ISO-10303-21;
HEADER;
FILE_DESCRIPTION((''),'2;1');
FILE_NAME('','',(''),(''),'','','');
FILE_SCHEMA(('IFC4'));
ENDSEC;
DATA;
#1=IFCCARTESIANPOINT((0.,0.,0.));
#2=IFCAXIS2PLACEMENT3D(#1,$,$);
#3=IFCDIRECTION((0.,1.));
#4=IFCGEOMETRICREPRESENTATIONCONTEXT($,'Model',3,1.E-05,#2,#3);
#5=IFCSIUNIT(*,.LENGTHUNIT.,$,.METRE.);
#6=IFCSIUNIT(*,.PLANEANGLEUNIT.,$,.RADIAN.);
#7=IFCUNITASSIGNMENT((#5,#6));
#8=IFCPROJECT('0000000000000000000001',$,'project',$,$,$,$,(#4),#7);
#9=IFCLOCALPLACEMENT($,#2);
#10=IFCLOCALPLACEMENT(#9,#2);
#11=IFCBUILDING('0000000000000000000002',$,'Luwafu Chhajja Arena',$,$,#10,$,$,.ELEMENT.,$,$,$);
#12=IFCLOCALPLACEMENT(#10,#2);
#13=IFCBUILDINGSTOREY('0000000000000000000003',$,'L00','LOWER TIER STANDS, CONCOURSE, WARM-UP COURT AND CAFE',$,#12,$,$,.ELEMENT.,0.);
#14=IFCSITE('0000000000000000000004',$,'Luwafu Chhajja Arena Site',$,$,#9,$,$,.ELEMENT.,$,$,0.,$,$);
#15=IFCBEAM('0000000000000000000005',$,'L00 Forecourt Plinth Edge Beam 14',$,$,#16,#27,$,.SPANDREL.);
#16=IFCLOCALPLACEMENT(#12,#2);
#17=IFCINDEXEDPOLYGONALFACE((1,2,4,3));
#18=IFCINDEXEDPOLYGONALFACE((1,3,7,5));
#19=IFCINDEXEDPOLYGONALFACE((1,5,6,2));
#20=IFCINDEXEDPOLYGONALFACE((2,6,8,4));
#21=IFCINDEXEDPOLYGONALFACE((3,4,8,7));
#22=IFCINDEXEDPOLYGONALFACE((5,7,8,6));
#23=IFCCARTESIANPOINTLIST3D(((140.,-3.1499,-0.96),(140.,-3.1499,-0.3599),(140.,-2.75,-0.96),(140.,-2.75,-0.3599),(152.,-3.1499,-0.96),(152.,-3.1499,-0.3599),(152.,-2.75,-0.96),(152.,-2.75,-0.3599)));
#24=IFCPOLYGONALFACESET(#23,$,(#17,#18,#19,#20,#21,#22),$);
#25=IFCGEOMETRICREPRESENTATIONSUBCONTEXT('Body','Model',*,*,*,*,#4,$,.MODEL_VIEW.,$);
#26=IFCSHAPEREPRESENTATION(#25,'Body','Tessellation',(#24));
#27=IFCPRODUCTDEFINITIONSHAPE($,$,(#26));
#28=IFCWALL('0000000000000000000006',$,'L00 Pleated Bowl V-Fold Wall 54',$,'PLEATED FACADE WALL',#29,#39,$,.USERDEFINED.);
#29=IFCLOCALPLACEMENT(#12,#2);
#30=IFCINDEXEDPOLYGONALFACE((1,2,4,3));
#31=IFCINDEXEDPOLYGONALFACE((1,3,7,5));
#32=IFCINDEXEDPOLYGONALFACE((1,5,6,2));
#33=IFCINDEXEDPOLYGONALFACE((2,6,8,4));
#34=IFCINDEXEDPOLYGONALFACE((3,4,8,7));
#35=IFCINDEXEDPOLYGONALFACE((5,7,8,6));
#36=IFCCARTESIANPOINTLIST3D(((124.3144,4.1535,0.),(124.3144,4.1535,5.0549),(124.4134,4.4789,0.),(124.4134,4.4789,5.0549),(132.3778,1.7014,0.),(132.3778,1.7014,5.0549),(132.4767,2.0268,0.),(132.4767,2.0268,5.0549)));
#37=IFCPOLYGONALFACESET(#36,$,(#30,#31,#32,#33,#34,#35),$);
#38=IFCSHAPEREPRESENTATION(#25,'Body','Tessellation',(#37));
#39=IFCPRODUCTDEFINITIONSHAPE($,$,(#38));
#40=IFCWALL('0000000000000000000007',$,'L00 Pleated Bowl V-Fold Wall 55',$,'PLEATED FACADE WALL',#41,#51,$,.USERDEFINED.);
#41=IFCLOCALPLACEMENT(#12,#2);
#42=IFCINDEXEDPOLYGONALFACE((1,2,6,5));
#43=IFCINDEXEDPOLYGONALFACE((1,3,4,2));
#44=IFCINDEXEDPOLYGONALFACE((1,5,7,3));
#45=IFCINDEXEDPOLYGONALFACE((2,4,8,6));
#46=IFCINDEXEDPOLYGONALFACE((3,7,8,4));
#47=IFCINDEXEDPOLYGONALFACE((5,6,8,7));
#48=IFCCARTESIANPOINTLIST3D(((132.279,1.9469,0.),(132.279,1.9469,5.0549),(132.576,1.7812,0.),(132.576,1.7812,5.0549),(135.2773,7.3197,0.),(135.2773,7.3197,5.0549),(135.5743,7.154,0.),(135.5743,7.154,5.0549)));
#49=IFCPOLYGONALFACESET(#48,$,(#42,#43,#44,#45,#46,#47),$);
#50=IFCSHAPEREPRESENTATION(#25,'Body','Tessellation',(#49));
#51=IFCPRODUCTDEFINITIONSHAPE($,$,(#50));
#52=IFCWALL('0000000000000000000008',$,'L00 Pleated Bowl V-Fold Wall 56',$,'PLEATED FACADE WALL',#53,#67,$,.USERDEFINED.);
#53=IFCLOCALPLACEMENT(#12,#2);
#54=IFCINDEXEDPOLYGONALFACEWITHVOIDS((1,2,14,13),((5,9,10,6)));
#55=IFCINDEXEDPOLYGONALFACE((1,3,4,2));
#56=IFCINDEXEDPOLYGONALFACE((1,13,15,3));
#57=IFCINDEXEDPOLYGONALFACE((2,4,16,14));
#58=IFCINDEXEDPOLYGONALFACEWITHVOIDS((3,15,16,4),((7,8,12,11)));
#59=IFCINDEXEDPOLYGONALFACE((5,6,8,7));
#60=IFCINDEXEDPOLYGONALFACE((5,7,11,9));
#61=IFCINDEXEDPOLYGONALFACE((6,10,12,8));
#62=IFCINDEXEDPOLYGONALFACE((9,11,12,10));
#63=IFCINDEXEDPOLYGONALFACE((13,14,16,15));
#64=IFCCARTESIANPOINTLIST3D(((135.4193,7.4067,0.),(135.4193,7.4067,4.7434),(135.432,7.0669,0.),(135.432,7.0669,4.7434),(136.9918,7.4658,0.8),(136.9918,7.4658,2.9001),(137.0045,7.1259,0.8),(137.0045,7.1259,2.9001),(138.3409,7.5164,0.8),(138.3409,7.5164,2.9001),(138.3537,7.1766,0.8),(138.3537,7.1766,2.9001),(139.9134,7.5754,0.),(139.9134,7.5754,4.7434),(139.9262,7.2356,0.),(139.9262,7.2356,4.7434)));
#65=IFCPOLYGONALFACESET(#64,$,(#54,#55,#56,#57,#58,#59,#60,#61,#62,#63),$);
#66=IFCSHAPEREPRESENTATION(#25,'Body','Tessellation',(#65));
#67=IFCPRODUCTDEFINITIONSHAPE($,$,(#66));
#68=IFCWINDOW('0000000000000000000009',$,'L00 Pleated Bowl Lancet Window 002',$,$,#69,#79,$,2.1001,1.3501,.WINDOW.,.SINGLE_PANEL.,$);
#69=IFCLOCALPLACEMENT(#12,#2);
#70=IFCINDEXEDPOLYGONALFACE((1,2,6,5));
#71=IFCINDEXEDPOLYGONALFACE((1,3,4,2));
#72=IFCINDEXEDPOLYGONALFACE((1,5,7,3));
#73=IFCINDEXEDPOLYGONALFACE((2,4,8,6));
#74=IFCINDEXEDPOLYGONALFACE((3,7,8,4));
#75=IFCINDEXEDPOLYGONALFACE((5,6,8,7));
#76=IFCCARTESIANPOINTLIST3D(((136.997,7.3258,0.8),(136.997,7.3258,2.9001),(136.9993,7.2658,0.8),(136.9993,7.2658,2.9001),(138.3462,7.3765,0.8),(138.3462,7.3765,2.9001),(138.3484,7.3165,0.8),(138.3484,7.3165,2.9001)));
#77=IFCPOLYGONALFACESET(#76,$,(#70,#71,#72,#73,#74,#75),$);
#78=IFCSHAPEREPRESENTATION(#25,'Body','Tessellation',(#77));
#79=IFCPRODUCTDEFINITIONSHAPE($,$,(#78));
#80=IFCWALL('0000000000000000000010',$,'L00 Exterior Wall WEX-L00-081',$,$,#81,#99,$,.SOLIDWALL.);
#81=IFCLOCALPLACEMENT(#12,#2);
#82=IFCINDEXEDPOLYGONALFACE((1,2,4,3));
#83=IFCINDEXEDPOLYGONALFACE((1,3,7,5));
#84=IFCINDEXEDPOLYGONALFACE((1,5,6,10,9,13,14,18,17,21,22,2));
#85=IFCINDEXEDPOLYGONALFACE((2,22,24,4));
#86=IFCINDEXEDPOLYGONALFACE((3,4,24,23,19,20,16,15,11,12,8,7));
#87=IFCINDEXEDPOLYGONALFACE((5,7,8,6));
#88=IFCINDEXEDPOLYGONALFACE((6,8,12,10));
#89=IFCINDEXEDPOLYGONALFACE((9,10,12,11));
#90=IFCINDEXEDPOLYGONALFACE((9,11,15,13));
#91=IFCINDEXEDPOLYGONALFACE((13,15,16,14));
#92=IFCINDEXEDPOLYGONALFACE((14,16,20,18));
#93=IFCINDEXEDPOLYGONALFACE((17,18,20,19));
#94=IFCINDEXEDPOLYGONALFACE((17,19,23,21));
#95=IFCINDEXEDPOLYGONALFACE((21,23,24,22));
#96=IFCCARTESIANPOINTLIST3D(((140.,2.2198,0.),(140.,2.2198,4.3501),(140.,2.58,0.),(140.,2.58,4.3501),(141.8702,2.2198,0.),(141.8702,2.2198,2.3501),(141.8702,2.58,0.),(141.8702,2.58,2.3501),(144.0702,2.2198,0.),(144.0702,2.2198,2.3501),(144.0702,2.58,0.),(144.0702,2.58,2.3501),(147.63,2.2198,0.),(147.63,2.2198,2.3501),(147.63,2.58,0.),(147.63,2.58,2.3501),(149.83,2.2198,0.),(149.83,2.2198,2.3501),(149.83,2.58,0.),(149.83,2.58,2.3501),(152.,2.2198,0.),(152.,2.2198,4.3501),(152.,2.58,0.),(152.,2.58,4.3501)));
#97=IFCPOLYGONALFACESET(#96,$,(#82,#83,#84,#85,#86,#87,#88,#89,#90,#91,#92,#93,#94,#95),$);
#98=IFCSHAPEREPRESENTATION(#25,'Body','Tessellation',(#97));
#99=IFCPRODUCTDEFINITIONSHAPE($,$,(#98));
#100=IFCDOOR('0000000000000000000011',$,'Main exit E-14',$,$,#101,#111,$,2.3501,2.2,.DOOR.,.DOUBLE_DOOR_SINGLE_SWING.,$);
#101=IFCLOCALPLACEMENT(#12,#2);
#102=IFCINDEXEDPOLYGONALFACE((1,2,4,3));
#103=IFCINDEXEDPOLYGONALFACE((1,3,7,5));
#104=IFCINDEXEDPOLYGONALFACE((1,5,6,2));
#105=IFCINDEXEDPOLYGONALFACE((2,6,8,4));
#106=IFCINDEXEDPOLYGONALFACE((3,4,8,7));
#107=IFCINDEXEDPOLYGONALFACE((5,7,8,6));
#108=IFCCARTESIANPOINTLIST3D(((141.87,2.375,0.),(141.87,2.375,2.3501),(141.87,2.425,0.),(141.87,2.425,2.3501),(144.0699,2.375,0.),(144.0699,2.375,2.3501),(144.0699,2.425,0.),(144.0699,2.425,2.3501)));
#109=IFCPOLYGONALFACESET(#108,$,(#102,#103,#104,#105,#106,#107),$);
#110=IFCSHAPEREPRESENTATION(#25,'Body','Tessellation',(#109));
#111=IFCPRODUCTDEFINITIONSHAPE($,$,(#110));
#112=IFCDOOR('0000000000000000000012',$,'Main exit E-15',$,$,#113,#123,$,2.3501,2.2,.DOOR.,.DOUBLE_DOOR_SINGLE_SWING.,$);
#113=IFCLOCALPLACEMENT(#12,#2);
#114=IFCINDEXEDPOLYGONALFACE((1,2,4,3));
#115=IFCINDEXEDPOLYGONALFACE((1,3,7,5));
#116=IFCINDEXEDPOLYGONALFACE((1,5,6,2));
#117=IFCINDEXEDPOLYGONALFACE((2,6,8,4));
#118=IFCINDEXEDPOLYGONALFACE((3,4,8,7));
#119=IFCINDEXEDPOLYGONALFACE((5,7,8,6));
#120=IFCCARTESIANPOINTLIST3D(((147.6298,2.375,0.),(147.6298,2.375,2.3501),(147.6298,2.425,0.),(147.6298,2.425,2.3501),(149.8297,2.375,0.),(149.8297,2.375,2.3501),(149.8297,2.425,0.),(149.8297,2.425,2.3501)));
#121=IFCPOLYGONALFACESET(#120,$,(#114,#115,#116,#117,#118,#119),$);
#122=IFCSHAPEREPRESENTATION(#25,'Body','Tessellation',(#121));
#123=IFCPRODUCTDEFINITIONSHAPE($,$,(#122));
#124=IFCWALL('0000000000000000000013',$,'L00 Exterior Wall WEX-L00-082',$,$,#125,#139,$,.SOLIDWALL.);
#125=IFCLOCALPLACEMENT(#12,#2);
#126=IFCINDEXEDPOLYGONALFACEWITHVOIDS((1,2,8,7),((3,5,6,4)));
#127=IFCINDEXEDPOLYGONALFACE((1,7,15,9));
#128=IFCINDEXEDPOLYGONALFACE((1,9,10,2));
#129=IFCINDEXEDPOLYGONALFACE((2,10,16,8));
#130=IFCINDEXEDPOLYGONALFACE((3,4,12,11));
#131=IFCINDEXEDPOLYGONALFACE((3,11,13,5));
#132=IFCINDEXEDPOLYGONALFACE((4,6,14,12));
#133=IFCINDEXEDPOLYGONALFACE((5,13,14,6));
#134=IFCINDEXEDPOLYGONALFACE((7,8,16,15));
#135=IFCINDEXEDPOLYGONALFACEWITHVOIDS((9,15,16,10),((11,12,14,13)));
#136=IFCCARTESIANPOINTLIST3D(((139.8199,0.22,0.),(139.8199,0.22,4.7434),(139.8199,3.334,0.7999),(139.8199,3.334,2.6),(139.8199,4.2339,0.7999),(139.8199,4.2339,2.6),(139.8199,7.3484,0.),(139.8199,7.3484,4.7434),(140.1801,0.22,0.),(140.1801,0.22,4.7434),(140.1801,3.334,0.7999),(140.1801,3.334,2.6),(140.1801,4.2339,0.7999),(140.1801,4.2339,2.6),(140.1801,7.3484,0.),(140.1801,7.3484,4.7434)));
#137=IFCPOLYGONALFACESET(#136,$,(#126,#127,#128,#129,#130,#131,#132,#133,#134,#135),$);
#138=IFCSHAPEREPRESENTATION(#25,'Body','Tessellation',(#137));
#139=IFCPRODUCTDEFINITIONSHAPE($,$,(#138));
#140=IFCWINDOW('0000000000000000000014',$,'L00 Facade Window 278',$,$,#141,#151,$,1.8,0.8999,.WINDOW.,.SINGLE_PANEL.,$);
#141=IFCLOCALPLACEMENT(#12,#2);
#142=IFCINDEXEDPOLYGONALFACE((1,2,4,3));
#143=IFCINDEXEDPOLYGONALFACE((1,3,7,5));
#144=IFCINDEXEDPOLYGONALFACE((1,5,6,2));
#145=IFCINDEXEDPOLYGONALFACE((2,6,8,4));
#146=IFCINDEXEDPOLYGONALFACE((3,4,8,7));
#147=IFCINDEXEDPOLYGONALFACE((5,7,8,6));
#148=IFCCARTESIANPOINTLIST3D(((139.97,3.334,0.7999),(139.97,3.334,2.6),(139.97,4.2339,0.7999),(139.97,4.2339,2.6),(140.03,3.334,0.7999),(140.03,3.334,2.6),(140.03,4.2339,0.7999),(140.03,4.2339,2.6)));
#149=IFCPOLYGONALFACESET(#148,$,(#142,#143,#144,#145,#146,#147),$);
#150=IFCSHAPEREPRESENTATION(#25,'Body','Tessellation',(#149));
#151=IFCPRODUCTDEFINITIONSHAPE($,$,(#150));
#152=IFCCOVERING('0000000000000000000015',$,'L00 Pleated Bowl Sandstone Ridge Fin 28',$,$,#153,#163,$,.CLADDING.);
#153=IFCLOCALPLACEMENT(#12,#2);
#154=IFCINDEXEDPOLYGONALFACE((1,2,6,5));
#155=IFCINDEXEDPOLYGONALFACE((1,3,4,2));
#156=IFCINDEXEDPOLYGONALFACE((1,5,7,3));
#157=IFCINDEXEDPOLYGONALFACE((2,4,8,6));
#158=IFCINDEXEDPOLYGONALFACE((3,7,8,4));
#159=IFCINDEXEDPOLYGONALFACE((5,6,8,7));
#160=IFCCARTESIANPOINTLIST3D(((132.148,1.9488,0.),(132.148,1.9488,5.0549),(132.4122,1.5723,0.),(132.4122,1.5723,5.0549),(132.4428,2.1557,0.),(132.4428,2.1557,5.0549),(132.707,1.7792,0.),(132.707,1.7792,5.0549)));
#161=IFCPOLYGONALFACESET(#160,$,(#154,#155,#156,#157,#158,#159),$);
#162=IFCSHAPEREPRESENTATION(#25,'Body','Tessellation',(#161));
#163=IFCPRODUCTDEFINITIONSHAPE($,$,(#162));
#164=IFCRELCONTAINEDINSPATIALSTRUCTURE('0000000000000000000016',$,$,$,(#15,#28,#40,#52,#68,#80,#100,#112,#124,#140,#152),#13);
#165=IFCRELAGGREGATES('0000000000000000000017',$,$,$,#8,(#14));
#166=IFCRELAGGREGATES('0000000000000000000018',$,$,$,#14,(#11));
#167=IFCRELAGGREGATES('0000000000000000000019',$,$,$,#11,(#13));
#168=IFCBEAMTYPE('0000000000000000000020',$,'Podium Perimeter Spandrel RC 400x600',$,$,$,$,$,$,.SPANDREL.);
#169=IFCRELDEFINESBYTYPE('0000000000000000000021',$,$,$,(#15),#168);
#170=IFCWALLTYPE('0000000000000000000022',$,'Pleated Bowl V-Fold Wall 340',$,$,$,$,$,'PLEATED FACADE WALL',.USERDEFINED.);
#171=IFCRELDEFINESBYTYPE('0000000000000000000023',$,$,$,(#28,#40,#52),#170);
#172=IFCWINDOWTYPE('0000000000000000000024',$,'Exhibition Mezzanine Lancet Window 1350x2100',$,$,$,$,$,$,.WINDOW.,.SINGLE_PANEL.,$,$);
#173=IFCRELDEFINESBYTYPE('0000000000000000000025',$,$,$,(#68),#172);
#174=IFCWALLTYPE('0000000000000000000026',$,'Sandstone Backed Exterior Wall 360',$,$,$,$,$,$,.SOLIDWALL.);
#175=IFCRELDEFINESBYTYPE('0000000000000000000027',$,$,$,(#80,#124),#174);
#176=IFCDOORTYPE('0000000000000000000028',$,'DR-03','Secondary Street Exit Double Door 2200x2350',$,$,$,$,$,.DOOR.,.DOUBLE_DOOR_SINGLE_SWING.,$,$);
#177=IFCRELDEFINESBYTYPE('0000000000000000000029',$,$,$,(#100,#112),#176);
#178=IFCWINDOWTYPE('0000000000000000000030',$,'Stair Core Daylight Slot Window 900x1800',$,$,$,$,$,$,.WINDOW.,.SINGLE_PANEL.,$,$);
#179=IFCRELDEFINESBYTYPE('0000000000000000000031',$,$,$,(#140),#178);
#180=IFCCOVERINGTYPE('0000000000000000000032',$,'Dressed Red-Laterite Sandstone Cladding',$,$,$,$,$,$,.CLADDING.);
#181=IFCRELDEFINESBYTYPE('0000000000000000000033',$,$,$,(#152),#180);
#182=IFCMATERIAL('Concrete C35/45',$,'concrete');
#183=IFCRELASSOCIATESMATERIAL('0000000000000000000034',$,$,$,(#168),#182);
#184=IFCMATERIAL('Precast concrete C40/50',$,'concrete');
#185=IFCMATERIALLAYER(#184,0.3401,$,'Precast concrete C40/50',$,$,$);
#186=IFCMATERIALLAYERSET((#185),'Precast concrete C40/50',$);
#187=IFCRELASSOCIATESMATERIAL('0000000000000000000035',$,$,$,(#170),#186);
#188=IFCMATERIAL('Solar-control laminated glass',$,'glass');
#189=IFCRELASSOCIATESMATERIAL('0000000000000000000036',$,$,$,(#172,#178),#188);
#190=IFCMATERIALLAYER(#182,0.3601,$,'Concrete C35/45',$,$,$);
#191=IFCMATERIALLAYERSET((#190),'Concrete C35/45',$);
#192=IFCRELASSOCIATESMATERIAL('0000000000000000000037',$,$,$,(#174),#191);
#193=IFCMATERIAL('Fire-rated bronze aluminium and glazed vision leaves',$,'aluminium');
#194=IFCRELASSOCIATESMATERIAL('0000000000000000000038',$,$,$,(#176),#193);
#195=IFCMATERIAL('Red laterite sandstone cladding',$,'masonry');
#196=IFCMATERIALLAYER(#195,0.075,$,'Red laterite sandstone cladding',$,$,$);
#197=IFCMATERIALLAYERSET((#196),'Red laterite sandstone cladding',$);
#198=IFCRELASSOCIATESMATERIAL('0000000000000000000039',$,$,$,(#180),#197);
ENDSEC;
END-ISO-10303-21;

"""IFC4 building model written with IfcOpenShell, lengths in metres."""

from ifc_helpers import new_model, si_unit, direction, frame, frame_2d, origin, origin_2d, place, context, subcontext, project, spatial, rectangle, extrude, material, layer, layer_set, material_profile, profile_set, type_object, element, fill, save


model = new_model("IFC4")

# Units and contexts
model_context = context("Model", 3, precision=1e-05, world=origin(), true_north=direction((0.0, 1.0)))
body_context = subcontext(model_context, "Body", "Model", "MODEL_VIEW")
ifc_project = project(units=[si_unit("LENGTHUNIT", "METRE"), si_unit("PLANEANGLEUNIT", "RADIAN")], contexts=[model_context])

# Site, building, storey
site_placement = place(None, origin())
site = spatial("IfcSite", under=ifc_project, at=site_placement, Name="Luwafu Chhajja Arena Site", CompositionType="ELEMENT", RefElevation=0.0)
building_placement = place(site_placement, origin())
building = spatial("IfcBuilding", under=site, at=building_placement, Name="Luwafu Chhajja Arena", CompositionType="ELEMENT")
storey_placement = place(building_placement, origin())
storey = spatial("IfcBuildingStorey", under=building, at=storey_placement, Name="L00", Description="LOWER TIER STANDS, CONCOURSE, WARM-UP COURT AND CAFE", CompositionType="ELEMENT", Elevation=0.0)

# Shared definitions
ifc_material_1 = material(Name="Concrete C35/45", Category="concrete")

# Beam
ifc_material_profile_1 = material_profile(ifc_material_1, rectangle(XDim=0.3999, YDim=0.6001, at=origin_2d()), Name="RC 400x600")
ifc_profile_set_1 = profile_set([ifc_material_profile_1], Name="Concrete C35/45")
beam_type_1 = type_object("IfcBeamType", Name="Podium Perimeter Spandrel RC 400x600", PredefinedType="SPANDREL", material=ifc_profile_set_1)
beam_1_placement = place(storey_placement, frame((140.0, -2.95, -0.6599), z_axis=(1.0, 0.0, 0.0), x_axis=(0.0, 1.0, 0.0)))
element("IfcBeam", 1, at=beam_1_placement, inside=storey, type_object=beam_type_1, Name="L00 Forecourt Plinth Edge Beam 14", PredefinedType="SPANDREL", context=body_context, shape_type="SweptSolid", body=[
    extrude(rectangle(XDim=0.3999, YDim=0.6001, at=origin_2d()), origin(), (0.0, 0.0, 1.0), 12.0),
])

# Walls
ifc_material_2 = material(Name="Precast concrete C40/50", Category="concrete")
ifc_layer_1 = layer(ifc_material_2, 0.3401, Name="Precast concrete C40/50")
ifc_layer_set_1 = layer_set([ifc_layer_1], Name="Precast concrete C40/50")
wall_type_1 = type_object("IfcWallType", Name="Pleated Bowl V-Fold Wall 340", ElementType="PLEATED FACADE WALL", PredefinedType="USERDEFINED", material=ifc_layer_set_1)
wall_1_placement = place(storey_placement, frame((124.364, 4.3162, 0.0), z_axis=(0.0, 0.0, 1.0), x_axis=(0.956738, -0.29095, 0.0)))
element("IfcWall", 2, at=wall_1_placement, inside=storey, type_object=wall_type_1, Name="L00 Pleated Bowl V-Fold Wall 54", ObjectType="PLEATED FACADE WALL", PredefinedType="USERDEFINED", context=body_context, shape_type="SweptSolid", body=[
    extrude(rectangle(XDim=8.428, YDim=0.3401, at=frame_2d((4.2139, 0.0))), origin(), (0.0, 0.0, 1.0), 5.0549),
])
wall_2_placement = place(storey_placement, frame((132.4275, 1.864, 0.0), z_axis=(0.0, 0.0, 1.0), x_axis=(0.487306, 0.873231, 0.0)))
element("IfcWall", 3, at=wall_2_placement, inside=storey, type_object=wall_type_1, Name="L00 Pleated Bowl V-Fold Wall 55", ObjectType="PLEATED FACADE WALL", PredefinedType="USERDEFINED", context=body_context, shape_type="SweptSolid", body=[
    extrude(rectangle(XDim=6.1528, YDim=0.3401, at=frame_2d((3.0764, 0.0))), origin(), (0.0, 0.0, 1.0), 5.0549),
])

# Wall, opening, window
wall_3_placement = place(storey_placement, frame((135.4258, 7.2368, 0.0), z_axis=(0.0, 0.0, 1.0), x_axis=(0.999296, 0.037512, 0.0)))
wall_3 = element("IfcWall", 4, at=wall_3_placement, inside=storey, type_object=wall_type_1, Name="L00 Pleated Bowl V-Fold Wall 56", ObjectType="PLEATED FACADE WALL", PredefinedType="USERDEFINED", context=body_context, shape_type="SweptSolid", body=[
    extrude(rectangle(XDim=4.4973, YDim=0.3401, at=frame_2d((2.2485, 0.0))), origin(), (0.0, 0.0, 1.0), 4.7434),
])
opening_1_placement = place(wall_3_placement, frame((1.5735, 0.0, 0.8)))
opening_1 = element("IfcOpeningElement", 5, at=opening_1_placement, cuts=wall_3, PredefinedType="OPENING", context=body_context, shape_type="SweptSolid", body=[
    extrude(rectangle(XDim=1.3501, YDim=2.1001, at=frame_2d((0.675, 1.05))), frame((0.0, 0.1799, 0.0), z_axis=(0.0, -1.0, 0.0), x_axis=(1.0, 0.0, 0.0)), (0.0, 0.0, 1.0), 0.3601),
])
ifc_material_3 = material(Name="Solar-control laminated glass", Category="glass")
window_type_1 = type_object("IfcWindowType", Name="Exhibition Mezzanine Lancet Window 1350x2100", PartitioningType="SINGLE_PANEL", PredefinedType="WINDOW", material=ifc_material_3)
window_1_placement = place(opening_1_placement, origin())
window_1 = element("IfcWindow", 6, at=window_1_placement, inside=storey, type_object=window_type_1, Name="L00 Pleated Bowl Lancet Window 002", OverallHeight=2.1001, OverallWidth=1.3501, PartitioningType="SINGLE_PANEL", PredefinedType="WINDOW", context=body_context, shape_type="SweptSolid", body=[
    extrude(rectangle(XDim=1.3501, YDim=2.1001, at=frame_2d((0.675, 1.05))), frame((0.0, 0.03, 0.0), z_axis=(0.0, -1.0, 0.0), x_axis=(1.0, 0.0, 0.0)), (0.0, 0.0, 1.0), 0.0601),
])
fill(opening_1, window_1)

# Wall, openings, doors
ifc_layer_2 = layer(ifc_material_1, 0.3601, Name="Concrete C35/45")
ifc_layer_set_2 = layer_set([ifc_layer_2], Name="Concrete C35/45")
wall_type_2 = type_object("IfcWallType", Name="Sandstone Backed Exterior Wall 360", PredefinedType="SOLIDWALL", material=ifc_layer_set_2)
wall_4_placement = place(storey_placement, frame((140.0, 2.3999, 0.0), z_axis=(0.0, 0.0, 1.0), x_axis=(1.0, 0.0, 0.0)))
wall_4 = element("IfcWall", 7, at=wall_4_placement, inside=storey, type_object=wall_type_2, Name="L00 Exterior Wall WEX-L00-081", PredefinedType="SOLIDWALL", context=body_context, shape_type="SweptSolid", body=[
    extrude(rectangle(XDim=12.0, YDim=0.3601, at=frame_2d((6.0, 0.0))), origin(), (0.0, 0.0, 1.0), 4.3501),
])
opening_2_placement = place(wall_4_placement, frame((1.8701, 0.0, 0.0)))
opening_2 = element("IfcOpeningElement", 8, at=opening_2_placement, cuts=wall_4, PredefinedType="OPENING", context=body_context, shape_type="SweptSolid", body=[
    extrude(rectangle(XDim=2.2, YDim=2.3501, at=frame_2d((1.1001, 1.175))), frame((0.0, 0.1899, 0.0), z_axis=(0.0, -1.0, 0.0), x_axis=(1.0, 0.0, 0.0)), (0.0, 0.0, 1.0), 0.3801),
])
opening_3_placement = place(wall_4_placement, frame((7.6299, 0.0, 0.0)))
opening_3 = element("IfcOpeningElement", 9, at=opening_3_placement, cuts=wall_4, PredefinedType="OPENING", context=body_context, shape_type="SweptSolid", body=[
    extrude(rectangle(XDim=2.2, YDim=2.3501, at=frame_2d((1.1001, 1.175))), frame((0.0, 0.1899, 0.0), z_axis=(0.0, -1.0, 0.0), x_axis=(1.0, 0.0, 0.0)), (0.0, 0.0, 1.0), 0.3801),
])
ifc_material_4 = material(Name="Fire-rated bronze aluminium and glazed vision leaves", Category="aluminium")
door_type = type_object("IfcDoorType", Name="DR-03", Description="Secondary Street Exit Double Door 2200x2350", OperationType="DOUBLE_DOOR_SINGLE_SWING", PredefinedType="DOOR", material=ifc_material_4)
door_1_placement = place(opening_2_placement, frame((2.2, 0.0, 0.0), z_axis=(0.0, 0.0, 1.0), x_axis=(-1.0, 0.0, 0.0)))
door_1 = element("IfcDoor", 10, at=door_1_placement, inside=storey, type_object=door_type, Name="Main exit E-14", OperationType="DOUBLE_DOOR_SINGLE_SWING", OverallHeight=2.3501, OverallWidth=2.2, PredefinedType="DOOR", context=body_context, shape_type="SweptSolid", body=[
    extrude(rectangle(XDim=2.2, YDim=2.3501, at=frame_2d((1.1001, 1.175))), frame((0.0, 0.0249, 0.0), z_axis=(0.0, -1.0, 0.0), x_axis=(1.0, 0.0, 0.0)), (0.0, 0.0, 1.0), 0.05),
])
fill(opening_2, door_1)
door_2_placement = place(opening_3_placement, frame((2.2, 0.0, 0.0), z_axis=(0.0, 0.0, 1.0), x_axis=(-1.0, 0.0, 0.0)))
door_2 = element("IfcDoor", 11, at=door_2_placement, inside=storey, type_object=door_type, Name="Main exit E-15", OperationType="DOUBLE_DOOR_SINGLE_SWING", OverallHeight=2.3501, OverallWidth=2.2, PredefinedType="DOOR", context=body_context, shape_type="SweptSolid", body=[
    extrude(rectangle(XDim=2.2, YDim=2.3501, at=frame_2d((1.1001, 1.175))), frame((0.0, 0.0249, 0.0), z_axis=(0.0, -1.0, 0.0), x_axis=(1.0, 0.0, 0.0)), (0.0, 0.0, 1.0), 0.05),
])
fill(opening_3, door_2)

# Wall, opening, window
wall_5_placement = place(storey_placement, frame((140.0, 0.22, 0.0), z_axis=(0.0, 0.0, 1.0), x_axis=(0.0, 1.0, 0.0)))
wall_5 = element("IfcWall", 12, at=wall_5_placement, inside=storey, type_object=wall_type_2, Name="L00 Exterior Wall WEX-L00-082", PredefinedType="SOLIDWALL", context=body_context, shape_type="SweptSolid", body=[
    extrude(rectangle(XDim=7.1284, YDim=0.3601, at=frame_2d((3.5642, 0.0))), origin(), (0.0, 0.0, 1.0), 4.7434),
])
opening_4_placement = place(wall_5_placement, frame((3.114, 0.0, 0.8)))
opening_4 = element("IfcOpeningElement", 13, at=opening_4_placement, cuts=wall_5, PredefinedType="OPENING", context=body_context, shape_type="SweptSolid", body=[
    extrude(rectangle(XDim=0.8999, YDim=1.8, at=frame_2d((0.45, 0.8999))), frame((0.0, 0.1899, 0.0), z_axis=(0.0, -1.0, 0.0), x_axis=(1.0, 0.0, 0.0)), (0.0, 0.0, 1.0), 0.3801),
])
window_type_2 = type_object("IfcWindowType", Name="Stair Core Daylight Slot Window 900x1800", PartitioningType="SINGLE_PANEL", PredefinedType="WINDOW", material=ifc_material_3)
window_2_placement = place(opening_4_placement, origin())
window_2 = element("IfcWindow", 14, at=window_2_placement, inside=storey, type_object=window_type_2, Name="L00 Facade Window 278", OverallHeight=1.8, OverallWidth=0.8999, PartitioningType="SINGLE_PANEL", PredefinedType="WINDOW", context=body_context, shape_type="SweptSolid", body=[
    extrude(rectangle(XDim=0.8999, YDim=1.8, at=frame_2d((0.45, 0.8999))), frame((0.0, 0.03, 0.0), z_axis=(0.0, -1.0, 0.0), x_axis=(1.0, 0.0, 0.0)), (0.0, 0.0, 1.0), 0.0601),
])
fill(opening_4, window_2)

# Covering
ifc_material_5 = material(Name="Red laterite sandstone cladding", Category="masonry")
ifc_layer_3 = layer(ifc_material_5, 0.075, Name="Red laterite sandstone cladding")
ifc_layer_set_3 = layer_set([ifc_layer_3], Name="Red laterite sandstone cladding")
covering_type = type_object("IfcCoveringType", Name="Dressed Red-Laterite Sandstone Cladding", PredefinedType="CLADDING", material=ifc_layer_set_3)
covering_1_placement = place(storey_placement, frame((132.4275, 1.864, 0.0), z_axis=(0.0, 0.0, 1.0), x_axis=(0.574411, -0.818567, 0.0)))
element("IfcCovering", 15, at=covering_1_placement, inside=storey, type_object=covering_type, Name="L00 Pleated Bowl Sandstone Ridge Fin 28", PredefinedType="CLADDING", context=body_context, shape_type="SweptSolid", body=[
    extrude(rectangle(XDim=0.46, YDim=0.3601, at=origin_2d()), origin(), (0.0, 0.0, 1.0), 5.0549),
])

save(model, "model.ifc")
